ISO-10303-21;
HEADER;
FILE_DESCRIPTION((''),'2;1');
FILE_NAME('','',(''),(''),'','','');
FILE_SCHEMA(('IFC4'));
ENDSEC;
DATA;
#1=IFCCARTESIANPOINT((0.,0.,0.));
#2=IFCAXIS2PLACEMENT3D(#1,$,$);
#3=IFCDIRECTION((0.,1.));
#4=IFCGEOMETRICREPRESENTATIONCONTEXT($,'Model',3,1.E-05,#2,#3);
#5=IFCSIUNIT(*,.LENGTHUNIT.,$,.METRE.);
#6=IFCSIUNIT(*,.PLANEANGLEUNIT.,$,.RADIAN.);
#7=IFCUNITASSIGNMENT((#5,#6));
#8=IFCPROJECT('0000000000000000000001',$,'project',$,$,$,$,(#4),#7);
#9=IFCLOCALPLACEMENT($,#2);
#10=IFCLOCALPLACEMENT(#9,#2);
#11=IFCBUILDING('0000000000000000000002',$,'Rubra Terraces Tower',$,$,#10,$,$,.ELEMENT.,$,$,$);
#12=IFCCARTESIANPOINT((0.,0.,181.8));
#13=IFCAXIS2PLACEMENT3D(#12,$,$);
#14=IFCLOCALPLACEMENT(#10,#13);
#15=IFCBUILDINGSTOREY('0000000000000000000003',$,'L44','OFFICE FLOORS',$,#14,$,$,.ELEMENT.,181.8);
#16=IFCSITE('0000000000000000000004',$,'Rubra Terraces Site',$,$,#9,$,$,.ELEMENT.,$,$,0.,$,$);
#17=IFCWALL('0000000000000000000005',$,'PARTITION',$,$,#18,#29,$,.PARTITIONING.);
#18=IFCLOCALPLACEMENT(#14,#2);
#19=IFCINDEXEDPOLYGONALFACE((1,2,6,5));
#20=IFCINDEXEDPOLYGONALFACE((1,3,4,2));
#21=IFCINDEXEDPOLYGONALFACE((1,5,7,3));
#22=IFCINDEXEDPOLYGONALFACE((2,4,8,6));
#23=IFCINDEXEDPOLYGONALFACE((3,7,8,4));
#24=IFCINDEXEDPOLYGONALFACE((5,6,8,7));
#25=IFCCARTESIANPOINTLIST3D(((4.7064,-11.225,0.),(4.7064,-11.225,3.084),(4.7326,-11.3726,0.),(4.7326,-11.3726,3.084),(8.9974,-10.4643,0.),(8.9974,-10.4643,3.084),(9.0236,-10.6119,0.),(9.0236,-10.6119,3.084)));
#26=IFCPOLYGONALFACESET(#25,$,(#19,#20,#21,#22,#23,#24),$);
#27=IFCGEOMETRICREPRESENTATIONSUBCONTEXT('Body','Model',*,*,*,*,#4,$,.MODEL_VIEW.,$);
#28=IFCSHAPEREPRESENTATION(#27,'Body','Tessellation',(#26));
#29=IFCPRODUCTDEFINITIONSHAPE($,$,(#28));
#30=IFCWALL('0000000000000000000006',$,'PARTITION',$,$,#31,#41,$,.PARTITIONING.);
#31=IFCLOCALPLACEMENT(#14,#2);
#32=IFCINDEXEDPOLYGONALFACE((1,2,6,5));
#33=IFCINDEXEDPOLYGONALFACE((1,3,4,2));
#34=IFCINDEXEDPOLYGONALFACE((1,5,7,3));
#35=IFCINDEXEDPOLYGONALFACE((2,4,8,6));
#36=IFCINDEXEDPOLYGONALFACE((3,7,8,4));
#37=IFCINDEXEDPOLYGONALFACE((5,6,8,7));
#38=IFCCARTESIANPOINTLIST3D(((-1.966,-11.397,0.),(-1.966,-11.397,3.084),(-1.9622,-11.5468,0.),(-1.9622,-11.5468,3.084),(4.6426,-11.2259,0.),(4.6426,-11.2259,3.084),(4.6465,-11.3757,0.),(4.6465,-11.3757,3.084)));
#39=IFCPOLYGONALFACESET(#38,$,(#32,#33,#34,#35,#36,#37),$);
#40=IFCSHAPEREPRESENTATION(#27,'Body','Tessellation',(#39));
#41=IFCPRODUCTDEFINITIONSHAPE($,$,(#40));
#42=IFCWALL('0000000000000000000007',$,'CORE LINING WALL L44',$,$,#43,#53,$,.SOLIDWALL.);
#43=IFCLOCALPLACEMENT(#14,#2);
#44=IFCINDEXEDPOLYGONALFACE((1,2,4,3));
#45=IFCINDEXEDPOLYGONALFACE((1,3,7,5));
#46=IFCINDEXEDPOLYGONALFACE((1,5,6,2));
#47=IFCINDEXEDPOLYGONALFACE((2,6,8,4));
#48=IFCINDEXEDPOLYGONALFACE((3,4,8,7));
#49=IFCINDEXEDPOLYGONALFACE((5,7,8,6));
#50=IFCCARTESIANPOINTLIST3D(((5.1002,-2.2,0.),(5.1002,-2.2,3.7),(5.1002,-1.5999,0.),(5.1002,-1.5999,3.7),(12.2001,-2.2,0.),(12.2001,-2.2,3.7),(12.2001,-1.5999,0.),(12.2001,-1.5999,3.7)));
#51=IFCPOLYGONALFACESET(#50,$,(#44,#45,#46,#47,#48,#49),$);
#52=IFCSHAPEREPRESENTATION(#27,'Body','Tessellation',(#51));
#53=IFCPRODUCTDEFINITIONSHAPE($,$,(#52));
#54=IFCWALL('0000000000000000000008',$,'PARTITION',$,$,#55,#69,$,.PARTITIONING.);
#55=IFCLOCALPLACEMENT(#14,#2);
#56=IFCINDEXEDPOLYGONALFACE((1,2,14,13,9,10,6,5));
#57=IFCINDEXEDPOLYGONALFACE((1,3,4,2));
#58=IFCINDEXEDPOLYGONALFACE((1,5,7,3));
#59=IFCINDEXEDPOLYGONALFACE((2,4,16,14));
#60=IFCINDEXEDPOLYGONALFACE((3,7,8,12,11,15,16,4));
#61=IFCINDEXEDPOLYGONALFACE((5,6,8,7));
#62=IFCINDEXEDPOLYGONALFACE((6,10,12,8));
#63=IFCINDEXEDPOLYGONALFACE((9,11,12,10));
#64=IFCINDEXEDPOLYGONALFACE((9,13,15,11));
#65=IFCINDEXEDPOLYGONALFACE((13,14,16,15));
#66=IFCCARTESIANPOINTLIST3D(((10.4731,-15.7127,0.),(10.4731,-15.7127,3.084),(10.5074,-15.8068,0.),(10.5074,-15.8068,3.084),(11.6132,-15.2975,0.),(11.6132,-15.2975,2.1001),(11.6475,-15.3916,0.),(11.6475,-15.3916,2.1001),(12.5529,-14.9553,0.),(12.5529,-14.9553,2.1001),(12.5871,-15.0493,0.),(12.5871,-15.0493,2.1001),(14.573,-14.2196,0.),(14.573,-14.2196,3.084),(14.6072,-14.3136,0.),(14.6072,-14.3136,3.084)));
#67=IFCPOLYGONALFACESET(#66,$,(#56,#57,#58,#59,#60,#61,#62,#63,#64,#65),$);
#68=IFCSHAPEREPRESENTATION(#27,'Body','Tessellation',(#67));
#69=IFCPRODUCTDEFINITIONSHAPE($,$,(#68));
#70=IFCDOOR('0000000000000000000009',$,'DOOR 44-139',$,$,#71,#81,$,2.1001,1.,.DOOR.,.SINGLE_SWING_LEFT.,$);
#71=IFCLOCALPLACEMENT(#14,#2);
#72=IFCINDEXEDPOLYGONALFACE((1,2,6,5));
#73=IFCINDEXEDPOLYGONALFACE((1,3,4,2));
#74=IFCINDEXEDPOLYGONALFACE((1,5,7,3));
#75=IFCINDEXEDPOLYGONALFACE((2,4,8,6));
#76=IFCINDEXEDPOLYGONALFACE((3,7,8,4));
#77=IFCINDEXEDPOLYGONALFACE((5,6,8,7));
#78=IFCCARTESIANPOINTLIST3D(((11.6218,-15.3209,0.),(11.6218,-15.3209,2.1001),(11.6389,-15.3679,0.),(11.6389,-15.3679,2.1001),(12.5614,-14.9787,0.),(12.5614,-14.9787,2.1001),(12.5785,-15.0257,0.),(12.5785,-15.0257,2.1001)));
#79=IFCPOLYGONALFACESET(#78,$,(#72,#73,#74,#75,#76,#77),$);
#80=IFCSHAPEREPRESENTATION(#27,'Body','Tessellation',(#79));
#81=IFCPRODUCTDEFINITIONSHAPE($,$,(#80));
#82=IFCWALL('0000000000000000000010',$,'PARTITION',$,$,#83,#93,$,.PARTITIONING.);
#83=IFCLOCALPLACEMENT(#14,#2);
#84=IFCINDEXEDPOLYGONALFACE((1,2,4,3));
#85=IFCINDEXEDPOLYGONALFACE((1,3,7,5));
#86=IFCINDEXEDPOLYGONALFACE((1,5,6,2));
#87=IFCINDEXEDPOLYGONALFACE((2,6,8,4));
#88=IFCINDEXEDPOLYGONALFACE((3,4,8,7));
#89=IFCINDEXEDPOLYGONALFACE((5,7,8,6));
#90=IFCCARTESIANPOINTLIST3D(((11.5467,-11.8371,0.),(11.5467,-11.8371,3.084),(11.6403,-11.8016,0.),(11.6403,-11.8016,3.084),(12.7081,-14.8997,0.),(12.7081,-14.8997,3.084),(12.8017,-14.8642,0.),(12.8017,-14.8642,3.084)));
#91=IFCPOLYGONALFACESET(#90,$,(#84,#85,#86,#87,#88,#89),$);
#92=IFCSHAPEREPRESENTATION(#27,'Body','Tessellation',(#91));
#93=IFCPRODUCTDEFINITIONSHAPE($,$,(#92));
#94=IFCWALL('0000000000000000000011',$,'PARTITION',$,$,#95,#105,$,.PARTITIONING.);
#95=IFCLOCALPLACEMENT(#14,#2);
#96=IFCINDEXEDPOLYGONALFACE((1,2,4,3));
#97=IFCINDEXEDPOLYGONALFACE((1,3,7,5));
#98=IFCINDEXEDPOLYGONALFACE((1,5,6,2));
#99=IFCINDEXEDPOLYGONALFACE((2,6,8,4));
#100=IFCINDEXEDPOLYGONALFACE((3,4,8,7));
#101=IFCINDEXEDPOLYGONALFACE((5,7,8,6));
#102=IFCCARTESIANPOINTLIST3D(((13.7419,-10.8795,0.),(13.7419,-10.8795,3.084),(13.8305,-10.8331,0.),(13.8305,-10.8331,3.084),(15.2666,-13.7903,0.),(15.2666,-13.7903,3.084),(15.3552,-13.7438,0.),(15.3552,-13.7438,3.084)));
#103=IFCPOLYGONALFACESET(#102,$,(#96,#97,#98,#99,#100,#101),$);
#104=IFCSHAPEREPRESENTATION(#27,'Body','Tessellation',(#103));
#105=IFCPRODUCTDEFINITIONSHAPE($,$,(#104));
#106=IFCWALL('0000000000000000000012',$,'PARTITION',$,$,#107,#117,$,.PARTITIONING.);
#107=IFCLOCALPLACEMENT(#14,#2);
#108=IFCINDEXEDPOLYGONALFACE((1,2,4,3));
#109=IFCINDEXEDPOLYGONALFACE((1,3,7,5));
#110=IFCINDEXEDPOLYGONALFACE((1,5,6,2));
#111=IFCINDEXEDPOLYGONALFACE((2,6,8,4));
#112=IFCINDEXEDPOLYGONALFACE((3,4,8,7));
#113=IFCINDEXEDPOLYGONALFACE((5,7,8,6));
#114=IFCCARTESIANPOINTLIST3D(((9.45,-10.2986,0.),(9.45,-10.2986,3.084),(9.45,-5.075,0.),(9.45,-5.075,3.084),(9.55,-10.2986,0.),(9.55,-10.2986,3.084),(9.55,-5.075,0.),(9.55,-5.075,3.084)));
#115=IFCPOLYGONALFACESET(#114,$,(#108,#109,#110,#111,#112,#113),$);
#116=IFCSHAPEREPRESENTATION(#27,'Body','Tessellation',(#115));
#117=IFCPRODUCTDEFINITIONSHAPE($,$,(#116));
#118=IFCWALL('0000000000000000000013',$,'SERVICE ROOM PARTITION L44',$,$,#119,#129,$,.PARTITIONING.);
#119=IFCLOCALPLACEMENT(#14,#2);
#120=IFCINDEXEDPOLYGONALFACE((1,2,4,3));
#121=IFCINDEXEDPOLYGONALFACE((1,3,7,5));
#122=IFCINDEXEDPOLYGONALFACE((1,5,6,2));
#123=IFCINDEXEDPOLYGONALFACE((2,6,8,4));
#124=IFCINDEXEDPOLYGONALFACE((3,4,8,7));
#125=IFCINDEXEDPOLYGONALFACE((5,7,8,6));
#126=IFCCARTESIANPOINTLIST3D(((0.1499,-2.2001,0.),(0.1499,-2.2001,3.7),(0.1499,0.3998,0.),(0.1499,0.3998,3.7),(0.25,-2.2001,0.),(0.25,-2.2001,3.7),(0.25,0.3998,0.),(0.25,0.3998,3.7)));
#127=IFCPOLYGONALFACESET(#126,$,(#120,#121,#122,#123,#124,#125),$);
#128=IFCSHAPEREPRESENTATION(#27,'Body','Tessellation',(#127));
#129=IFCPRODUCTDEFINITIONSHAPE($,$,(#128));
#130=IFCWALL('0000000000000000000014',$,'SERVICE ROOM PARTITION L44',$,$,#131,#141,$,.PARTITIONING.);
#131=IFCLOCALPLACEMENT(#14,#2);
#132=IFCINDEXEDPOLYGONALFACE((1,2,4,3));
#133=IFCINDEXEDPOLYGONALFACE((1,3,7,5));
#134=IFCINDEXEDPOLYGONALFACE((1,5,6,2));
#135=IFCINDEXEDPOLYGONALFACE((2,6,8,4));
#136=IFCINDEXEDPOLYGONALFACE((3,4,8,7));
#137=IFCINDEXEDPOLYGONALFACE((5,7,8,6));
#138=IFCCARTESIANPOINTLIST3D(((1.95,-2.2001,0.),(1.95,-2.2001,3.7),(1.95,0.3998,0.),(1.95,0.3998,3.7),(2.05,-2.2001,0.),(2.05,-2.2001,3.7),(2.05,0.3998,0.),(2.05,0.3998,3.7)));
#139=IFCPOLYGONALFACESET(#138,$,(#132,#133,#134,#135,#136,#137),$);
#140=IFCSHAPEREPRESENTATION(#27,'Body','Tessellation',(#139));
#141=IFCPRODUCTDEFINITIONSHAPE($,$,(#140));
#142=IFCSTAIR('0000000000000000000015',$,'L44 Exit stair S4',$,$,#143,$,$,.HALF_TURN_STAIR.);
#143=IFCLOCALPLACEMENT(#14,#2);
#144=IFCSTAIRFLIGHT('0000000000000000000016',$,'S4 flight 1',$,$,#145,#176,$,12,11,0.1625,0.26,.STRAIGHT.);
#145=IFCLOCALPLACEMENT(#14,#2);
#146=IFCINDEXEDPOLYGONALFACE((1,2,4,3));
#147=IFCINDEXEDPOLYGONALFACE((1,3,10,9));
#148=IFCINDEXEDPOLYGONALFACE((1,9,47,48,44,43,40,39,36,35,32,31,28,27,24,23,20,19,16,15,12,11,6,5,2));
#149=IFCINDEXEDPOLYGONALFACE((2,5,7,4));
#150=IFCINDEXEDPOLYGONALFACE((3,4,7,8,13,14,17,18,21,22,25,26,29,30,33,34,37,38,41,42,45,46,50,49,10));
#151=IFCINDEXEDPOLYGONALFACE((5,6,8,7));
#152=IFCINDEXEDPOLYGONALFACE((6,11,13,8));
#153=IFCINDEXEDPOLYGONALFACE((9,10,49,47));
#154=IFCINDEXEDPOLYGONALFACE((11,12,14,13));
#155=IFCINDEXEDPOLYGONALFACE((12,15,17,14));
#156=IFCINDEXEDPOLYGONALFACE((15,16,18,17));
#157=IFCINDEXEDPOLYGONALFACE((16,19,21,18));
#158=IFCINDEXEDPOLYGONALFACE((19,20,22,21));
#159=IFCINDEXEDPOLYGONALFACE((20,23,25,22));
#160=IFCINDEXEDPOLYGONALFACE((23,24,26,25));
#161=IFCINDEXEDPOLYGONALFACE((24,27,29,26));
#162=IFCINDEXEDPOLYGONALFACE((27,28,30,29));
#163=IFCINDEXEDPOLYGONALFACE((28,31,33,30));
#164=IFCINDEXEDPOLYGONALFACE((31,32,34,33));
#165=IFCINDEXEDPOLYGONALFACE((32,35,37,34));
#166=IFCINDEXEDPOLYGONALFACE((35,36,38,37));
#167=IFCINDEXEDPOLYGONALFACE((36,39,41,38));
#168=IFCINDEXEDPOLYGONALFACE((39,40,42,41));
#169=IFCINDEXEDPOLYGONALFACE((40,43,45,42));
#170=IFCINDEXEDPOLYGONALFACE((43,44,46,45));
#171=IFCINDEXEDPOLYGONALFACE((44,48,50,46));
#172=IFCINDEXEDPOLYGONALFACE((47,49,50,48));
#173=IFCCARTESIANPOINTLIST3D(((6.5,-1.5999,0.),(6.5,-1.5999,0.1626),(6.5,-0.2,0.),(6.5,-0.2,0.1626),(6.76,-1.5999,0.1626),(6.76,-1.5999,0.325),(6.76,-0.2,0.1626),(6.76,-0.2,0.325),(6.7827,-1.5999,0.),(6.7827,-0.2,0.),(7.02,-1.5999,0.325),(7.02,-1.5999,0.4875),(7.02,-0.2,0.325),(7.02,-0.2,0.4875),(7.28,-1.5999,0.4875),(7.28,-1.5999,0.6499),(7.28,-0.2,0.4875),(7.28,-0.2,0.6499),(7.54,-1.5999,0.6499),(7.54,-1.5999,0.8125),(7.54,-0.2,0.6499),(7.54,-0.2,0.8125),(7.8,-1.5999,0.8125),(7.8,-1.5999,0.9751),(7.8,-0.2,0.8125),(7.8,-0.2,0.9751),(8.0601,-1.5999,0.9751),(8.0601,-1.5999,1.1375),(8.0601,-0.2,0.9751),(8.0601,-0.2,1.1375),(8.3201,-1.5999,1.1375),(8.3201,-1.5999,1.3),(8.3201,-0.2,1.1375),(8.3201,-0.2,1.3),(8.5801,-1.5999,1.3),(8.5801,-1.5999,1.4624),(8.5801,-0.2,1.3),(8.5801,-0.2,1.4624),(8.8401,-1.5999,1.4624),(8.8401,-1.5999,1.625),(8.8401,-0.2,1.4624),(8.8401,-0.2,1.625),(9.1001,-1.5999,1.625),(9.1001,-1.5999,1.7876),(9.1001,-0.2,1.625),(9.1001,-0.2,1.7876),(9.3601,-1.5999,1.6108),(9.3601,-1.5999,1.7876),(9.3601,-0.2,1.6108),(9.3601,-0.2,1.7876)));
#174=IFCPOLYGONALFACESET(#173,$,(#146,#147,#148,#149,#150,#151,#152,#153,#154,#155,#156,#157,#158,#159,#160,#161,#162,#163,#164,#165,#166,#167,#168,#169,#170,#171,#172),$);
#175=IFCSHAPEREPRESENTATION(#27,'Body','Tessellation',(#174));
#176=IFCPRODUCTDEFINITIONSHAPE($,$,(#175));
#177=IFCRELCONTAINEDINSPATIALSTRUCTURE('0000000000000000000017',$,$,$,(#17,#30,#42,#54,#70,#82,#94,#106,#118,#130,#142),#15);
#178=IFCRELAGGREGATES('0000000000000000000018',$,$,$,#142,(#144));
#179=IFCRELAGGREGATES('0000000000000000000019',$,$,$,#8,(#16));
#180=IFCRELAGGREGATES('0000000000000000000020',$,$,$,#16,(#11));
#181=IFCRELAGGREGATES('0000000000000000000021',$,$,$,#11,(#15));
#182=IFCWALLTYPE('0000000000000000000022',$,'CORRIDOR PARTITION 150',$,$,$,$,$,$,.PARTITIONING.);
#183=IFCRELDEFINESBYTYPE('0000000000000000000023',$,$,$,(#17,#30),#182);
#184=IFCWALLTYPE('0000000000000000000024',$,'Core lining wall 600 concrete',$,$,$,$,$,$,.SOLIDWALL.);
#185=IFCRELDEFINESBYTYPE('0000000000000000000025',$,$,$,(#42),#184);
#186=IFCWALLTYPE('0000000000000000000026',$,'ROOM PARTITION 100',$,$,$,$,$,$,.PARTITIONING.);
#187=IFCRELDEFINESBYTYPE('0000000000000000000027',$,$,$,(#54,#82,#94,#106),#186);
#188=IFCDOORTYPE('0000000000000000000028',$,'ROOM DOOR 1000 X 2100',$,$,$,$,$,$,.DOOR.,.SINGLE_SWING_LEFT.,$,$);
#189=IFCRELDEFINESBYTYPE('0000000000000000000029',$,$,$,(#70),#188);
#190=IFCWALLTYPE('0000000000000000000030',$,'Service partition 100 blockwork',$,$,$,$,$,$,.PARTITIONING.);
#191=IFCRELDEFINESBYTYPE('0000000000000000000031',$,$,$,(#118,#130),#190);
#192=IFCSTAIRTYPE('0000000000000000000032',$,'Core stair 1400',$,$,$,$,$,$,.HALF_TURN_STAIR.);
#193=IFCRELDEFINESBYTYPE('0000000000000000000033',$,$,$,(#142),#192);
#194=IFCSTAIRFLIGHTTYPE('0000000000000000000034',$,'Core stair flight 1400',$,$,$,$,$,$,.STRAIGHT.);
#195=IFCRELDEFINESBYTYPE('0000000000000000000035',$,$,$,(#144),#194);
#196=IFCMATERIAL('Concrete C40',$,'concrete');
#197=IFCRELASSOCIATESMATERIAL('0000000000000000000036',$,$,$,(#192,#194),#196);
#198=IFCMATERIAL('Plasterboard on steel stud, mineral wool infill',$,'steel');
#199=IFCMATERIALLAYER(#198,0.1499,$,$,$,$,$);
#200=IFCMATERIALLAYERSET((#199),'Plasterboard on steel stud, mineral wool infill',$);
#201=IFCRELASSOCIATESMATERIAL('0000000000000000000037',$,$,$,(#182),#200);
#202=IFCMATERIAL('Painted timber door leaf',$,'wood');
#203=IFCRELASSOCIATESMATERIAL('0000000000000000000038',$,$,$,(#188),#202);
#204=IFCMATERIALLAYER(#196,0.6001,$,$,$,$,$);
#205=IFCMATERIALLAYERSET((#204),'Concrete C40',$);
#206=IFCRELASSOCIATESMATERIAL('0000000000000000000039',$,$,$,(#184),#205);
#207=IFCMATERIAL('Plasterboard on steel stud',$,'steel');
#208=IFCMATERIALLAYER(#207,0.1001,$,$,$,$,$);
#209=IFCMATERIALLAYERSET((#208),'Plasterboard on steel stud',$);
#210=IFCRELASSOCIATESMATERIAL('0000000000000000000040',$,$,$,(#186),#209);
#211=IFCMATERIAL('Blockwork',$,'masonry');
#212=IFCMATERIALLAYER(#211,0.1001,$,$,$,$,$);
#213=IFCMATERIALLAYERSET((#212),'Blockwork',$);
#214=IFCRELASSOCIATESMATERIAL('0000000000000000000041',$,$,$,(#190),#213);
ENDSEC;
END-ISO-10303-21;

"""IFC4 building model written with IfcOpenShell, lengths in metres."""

from ifc_helpers import new_model, si_unit, direction, frame, frame_2d, origin, place, context, subcontext, project, spatial, polyline, rectangle, outline, extrude, material, layer, layer_set, type_object, element, fill, aggregate, save


model = new_model("IFC4")

# Units and contexts
model_context = context("Model", 3, precision=1e-05, world=origin(), true_north=direction((0.0, 1.0)))
body_context = subcontext(model_context, "Body", "Model", "MODEL_VIEW")
ifc_project = project(units=[si_unit("LENGTHUNIT", "METRE"), si_unit("PLANEANGLEUNIT", "RADIAN")], contexts=[model_context])

# Site, building, storey
site_placement = place(None, origin())
site = spatial("IfcSite", under=ifc_project, at=site_placement, Name="Rubra Terraces Site", CompositionType="ELEMENT", RefElevation=0.0)
building_placement = place(site_placement, origin())
building = spatial("IfcBuilding", under=site, at=building_placement, Name="Rubra Terraces Tower", CompositionType="ELEMENT")
storey_placement = place(building_placement, frame((0.0, 0.0, 181.8)))
storey = spatial("IfcBuildingStorey", under=building, at=storey_placement, Name="L44", Description="OFFICE FLOORS", CompositionType="ELEMENT", Elevation=181.8)

# Shared definitions
ifc_material_1 = material(Name="Concrete C40", Category="concrete")
stair_type = type_object("IfcStairType", Name="Core stair 1400", PredefinedType="HALF_TURN_STAIR", material=ifc_material_1)

# Shared definitions
ifc_material_2 = material(Name="Plasterboard on steel stud, mineral wool infill", Category="steel")
ifc_layer_1 = layer(ifc_material_2, 0.1499)
ifc_layer_set_1 = layer_set([ifc_layer_1], Name="Plasterboard on steel stud, mineral wool infill")
wall_type_1 = type_object("IfcWallType", Name="CORRIDOR PARTITION 150", PredefinedType="PARTITIONING", material=ifc_layer_set_1)

# Shared definitions
ifc_material_3 = material(Name="Painted timber door leaf", Category="wood")
door_type_1 = type_object("IfcDoorType", Name="ROOM DOOR 1000 X 2100", OperationType="SINGLE_SWING_LEFT", PredefinedType="DOOR", material=ifc_material_3)

# Walls
wall_1_placement = place(storey_placement, frame((9.0105, -10.5381, 0.0), z_axis=(0.0, 0.0, 1.0), x_axis=(-0.984646, -0.174565, 0.0)))
element("IfcWall", 1, at=wall_1_placement, inside=storey, type_object=wall_type_1, Name="PARTITION", PredefinedType="PARTITIONING", context=body_context, shape_type="SweptSolid", body=[
    extrude(rectangle(XDim=4.3579, YDim=0.1499, at=frame_2d((2.179, 0.0))), origin(), (0.0, 0.0, 1.0), 3.084),
])
wall_2_placement = place(storey_placement, frame((4.6445, -11.3008, 0.0), z_axis=(0.0, 0.0, 1.0), x_axis=(-0.999665, -0.025888, 0.0)))
element("IfcWall", 2, at=wall_2_placement, inside=storey, type_object=wall_type_1, Name="PARTITION", PredefinedType="PARTITIONING", context=body_context, shape_type="SweptSolid", body=[
    extrude(rectangle(XDim=6.6108, YDim=0.1499, at=frame_2d((3.3054, 0.0))), origin(), (0.0, 0.0, 1.0), 3.084),
])
ifc_layer_2 = layer(ifc_material_1, 0.6001)
ifc_layer_set_2 = layer_set([ifc_layer_2], Name="Concrete C40")
wall_type_2 = type_object("IfcWallType", Name="Core lining wall 600 concrete", PredefinedType="SOLIDWALL", material=ifc_layer_set_2)
wall_3_placement = place(storey_placement, frame((12.2, -1.8999, 0.0), z_axis=(0.0, 0.0, 1.0), x_axis=(-1.0, 0.0, 0.0)))
element("IfcWall", 3, at=wall_3_placement, inside=storey, type_object=wall_type_2, Name="CORE LINING WALL L44", PredefinedType="SOLIDWALL", context=body_context, shape_type="SweptSolid", body=[
    extrude(rectangle(XDim=7.0999, YDim=0.6001, at=frame_2d((3.5498, 0.0))), origin(), (0.0, 0.0, 1.0), 3.7),
])

# Wall, opening, door
ifc_material_4 = material(Name="Plasterboard on steel stud", Category="steel")
ifc_layer_3 = layer(ifc_material_4, 0.1001)
ifc_layer_set_3 = layer_set([ifc_layer_3], Name="Plasterboard on steel stud")
wall_type_3 = type_object("IfcWallType", Name="ROOM PARTITION 100", PredefinedType="PARTITIONING", material=ifc_layer_set_3)
wall_4_placement = place(storey_placement, frame((14.5901, -14.2666, 0.0), z_axis=(0.0, 0.0, 1.0), x_axis=(-0.939623, -0.34221, 0.0)))
wall_4 = element("IfcWall", 4, at=wall_4_placement, inside=storey, type_object=wall_type_3, Name="PARTITION", PredefinedType="PARTITIONING", context=body_context, shape_type="SweptSolid", body=[
    extrude(rectangle(XDim=4.3633, YDim=0.1001, at=frame_2d((2.1816, 0.0))), origin(), (0.0, 0.0, 1.0), 3.084),
])
opening_1_placement = place(wall_4_placement, frame((2.1499, 0.0, 0.0)))
opening_1 = element("IfcOpeningElement", 5, at=opening_1_placement, cuts=wall_4, PredefinedType="OPENING", context=body_context, shape_type="SweptSolid", body=[
    extrude(rectangle(XDim=1.0, YDim=2.1001, at=frame_2d((0.5, 1.05))), frame((0.0, 0.0601, 0.0), z_axis=(0.0, -1.0, 0.0), x_axis=(1.0, 0.0, 0.0)), (0.0, 0.0, 1.0), 0.1201),
])
door_1_placement = place(opening_1_placement, origin())
door_1 = element("IfcDoor", 6, at=door_1_placement, inside=storey, type_object=door_type_1, Name="DOOR 44-139", OperationType="SINGLE_SWING_LEFT", OverallHeight=2.1001, OverallWidth=1.0, PredefinedType="DOOR", context=body_context, shape_type="SweptSolid", body=[
    extrude(rectangle(XDim=1.0, YDim=2.1001, at=frame_2d((0.5, 1.05))), frame((0.0, 0.0249, 0.0), z_axis=(0.0, -1.0, 0.0), x_axis=(1.0, 0.0, 0.0)), (0.0, 0.0, 1.0), 0.05),
])
fill(opening_1, door_1)

# Walls
wall_5_placement = place(storey_placement, frame((11.5935, -11.8193, 0.0), z_axis=(0.0, 0.0, 1.0), x_axis=(0.354585, -0.935024, 0.0)))
element("IfcWall", 7, at=wall_5_placement, inside=storey, type_object=wall_type_3, Name="PARTITION", PredefinedType="PARTITIONING", context=body_context, shape_type="SweptSolid", body=[
    extrude(rectangle(XDim=3.2754, YDim=0.1001, at=frame_2d((1.6377, 0.0))), origin(), (0.0, 0.0, 1.0), 3.084),
])
wall_6_placement = place(storey_placement, frame((13.7861, -10.8562, 0.0), z_axis=(0.0, 0.0, 1.0), x_axis=(0.464015, -0.885827, 0.0)))
element("IfcWall", 8, at=wall_6_placement, inside=storey, type_object=wall_type_3, Name="PARTITION", PredefinedType="PARTITIONING", context=body_context, shape_type="SweptSolid", body=[
    extrude(rectangle(XDim=3.2859, YDim=0.1001, at=frame_2d((1.6431, 0.0))), origin(), (0.0, 0.0, 1.0), 3.084),
])
wall_7_placement = place(storey_placement, frame((9.5, -10.2986, 0.0), z_axis=(0.0, 0.0, 1.0), x_axis=(0.0, 1.0, 0.0)))
element("IfcWall", 9, at=wall_7_placement, inside=storey, type_object=wall_type_3, Name="PARTITION", PredefinedType="PARTITIONING", context=body_context, shape_type="SweptSolid", body=[
    extrude(rectangle(XDim=5.2236, YDim=0.1001, at=frame_2d((2.6118, 0.0))), origin(), (0.0, 0.0, 1.0), 3.084),
])
ifc_material_5 = material(Name="Blockwork", Category="masonry")
ifc_layer_4 = layer(ifc_material_5, 0.1001)
ifc_layer_set_4 = layer_set([ifc_layer_4], Name="Blockwork")
wall_type_4 = type_object("IfcWallType", Name="Service partition 100 blockwork", PredefinedType="PARTITIONING", material=ifc_layer_set_4)
for number, where, z_axis, x_axis, name in (
    (10, (0.2, -2.2, 0.0), (0.0, 0.0, 1.0), (0.0, 1.0, 0.0), "SERVICE ROOM PARTITION L44"),
    (11, (2.0, -2.2, 0.0), (0.0, 0.0, 1.0), (0.0, 1.0, 0.0), "SERVICE ROOM PARTITION L44"),
):
    element("IfcWall", number, at=place(storey_placement, frame(where, z_axis=z_axis, x_axis=x_axis)), inside=storey, type_object=wall_type_4, Name=name, PredefinedType="PARTITIONING", context=body_context, shape_type="SweptSolid", body=[
        extrude(rectangle(XDim=2.5999, YDim=0.1001, at=frame_2d((1.2998, 0.0))), origin(), (0.0, 0.0, 1.0), 3.7),
    ])

# Stair, stair flight
stair_1_placement = place(storey_placement, origin())
stair_1 = element("IfcStair", 12, at=stair_1_placement, inside=storey, type_object=stair_type, Name="L44 Exit stair S4", PredefinedType="HALF_TURN_STAIR")
stair_flight_type = type_object("IfcStairFlightType", Name="Core stair flight 1400", PredefinedType="STRAIGHT", material=ifc_material_1)
stair_flight_placement = place(storey_placement, frame((6.5, -0.8999, 0.0), z_axis=(0.0, 0.0, 1.0), x_axis=(1.0, 0.0, 0.0)))
stair_flight = element("IfcStairFlight", 13, at=stair_flight_placement, type_object=stair_flight_type, Name="S4 flight 1", NumberOfRisers=12, NumberOfTreads=11, PredefinedType="STRAIGHT", RiserHeight=0.1625, TreadLength=0.26, context=body_context, shape_type="SweptSolid", body=[
    extrude(outline(polyline([(0.0, 0.0), (0.0, 0.1626), (0.26, 0.1626), (0.26, 0.325), (0.52, 0.325), (0.52, 0.4875), (0.78, 0.4875), (0.78, 0.6499), (1.04, 0.6499), (1.04, 0.8125), (1.3, 0.8125), (1.3, 0.9751), (1.5601, 0.9751), (1.5601, 1.1375), (1.8201, 1.1375), (1.8201, 1.3), (2.0801, 1.3), (2.0801, 1.4624), (2.3401, 1.4624), (2.3401, 1.625), (2.6001, 1.625), (2.6001, 1.7876), (2.8601, 1.7876), (2.8601, 1.95), (2.8601, 1.6108), (0.2827, 0.0), (0.0, 0.0)])), frame((0.0, 0.7, 0.0), z_axis=(0.0, -1.0, 0.0), x_axis=(1.0, 0.0, 0.0)), (0.0, 0.0, 1.0), 1.3999),
])
aggregate(stair_1, [stair_flight])

save(model, "model.ifc")
